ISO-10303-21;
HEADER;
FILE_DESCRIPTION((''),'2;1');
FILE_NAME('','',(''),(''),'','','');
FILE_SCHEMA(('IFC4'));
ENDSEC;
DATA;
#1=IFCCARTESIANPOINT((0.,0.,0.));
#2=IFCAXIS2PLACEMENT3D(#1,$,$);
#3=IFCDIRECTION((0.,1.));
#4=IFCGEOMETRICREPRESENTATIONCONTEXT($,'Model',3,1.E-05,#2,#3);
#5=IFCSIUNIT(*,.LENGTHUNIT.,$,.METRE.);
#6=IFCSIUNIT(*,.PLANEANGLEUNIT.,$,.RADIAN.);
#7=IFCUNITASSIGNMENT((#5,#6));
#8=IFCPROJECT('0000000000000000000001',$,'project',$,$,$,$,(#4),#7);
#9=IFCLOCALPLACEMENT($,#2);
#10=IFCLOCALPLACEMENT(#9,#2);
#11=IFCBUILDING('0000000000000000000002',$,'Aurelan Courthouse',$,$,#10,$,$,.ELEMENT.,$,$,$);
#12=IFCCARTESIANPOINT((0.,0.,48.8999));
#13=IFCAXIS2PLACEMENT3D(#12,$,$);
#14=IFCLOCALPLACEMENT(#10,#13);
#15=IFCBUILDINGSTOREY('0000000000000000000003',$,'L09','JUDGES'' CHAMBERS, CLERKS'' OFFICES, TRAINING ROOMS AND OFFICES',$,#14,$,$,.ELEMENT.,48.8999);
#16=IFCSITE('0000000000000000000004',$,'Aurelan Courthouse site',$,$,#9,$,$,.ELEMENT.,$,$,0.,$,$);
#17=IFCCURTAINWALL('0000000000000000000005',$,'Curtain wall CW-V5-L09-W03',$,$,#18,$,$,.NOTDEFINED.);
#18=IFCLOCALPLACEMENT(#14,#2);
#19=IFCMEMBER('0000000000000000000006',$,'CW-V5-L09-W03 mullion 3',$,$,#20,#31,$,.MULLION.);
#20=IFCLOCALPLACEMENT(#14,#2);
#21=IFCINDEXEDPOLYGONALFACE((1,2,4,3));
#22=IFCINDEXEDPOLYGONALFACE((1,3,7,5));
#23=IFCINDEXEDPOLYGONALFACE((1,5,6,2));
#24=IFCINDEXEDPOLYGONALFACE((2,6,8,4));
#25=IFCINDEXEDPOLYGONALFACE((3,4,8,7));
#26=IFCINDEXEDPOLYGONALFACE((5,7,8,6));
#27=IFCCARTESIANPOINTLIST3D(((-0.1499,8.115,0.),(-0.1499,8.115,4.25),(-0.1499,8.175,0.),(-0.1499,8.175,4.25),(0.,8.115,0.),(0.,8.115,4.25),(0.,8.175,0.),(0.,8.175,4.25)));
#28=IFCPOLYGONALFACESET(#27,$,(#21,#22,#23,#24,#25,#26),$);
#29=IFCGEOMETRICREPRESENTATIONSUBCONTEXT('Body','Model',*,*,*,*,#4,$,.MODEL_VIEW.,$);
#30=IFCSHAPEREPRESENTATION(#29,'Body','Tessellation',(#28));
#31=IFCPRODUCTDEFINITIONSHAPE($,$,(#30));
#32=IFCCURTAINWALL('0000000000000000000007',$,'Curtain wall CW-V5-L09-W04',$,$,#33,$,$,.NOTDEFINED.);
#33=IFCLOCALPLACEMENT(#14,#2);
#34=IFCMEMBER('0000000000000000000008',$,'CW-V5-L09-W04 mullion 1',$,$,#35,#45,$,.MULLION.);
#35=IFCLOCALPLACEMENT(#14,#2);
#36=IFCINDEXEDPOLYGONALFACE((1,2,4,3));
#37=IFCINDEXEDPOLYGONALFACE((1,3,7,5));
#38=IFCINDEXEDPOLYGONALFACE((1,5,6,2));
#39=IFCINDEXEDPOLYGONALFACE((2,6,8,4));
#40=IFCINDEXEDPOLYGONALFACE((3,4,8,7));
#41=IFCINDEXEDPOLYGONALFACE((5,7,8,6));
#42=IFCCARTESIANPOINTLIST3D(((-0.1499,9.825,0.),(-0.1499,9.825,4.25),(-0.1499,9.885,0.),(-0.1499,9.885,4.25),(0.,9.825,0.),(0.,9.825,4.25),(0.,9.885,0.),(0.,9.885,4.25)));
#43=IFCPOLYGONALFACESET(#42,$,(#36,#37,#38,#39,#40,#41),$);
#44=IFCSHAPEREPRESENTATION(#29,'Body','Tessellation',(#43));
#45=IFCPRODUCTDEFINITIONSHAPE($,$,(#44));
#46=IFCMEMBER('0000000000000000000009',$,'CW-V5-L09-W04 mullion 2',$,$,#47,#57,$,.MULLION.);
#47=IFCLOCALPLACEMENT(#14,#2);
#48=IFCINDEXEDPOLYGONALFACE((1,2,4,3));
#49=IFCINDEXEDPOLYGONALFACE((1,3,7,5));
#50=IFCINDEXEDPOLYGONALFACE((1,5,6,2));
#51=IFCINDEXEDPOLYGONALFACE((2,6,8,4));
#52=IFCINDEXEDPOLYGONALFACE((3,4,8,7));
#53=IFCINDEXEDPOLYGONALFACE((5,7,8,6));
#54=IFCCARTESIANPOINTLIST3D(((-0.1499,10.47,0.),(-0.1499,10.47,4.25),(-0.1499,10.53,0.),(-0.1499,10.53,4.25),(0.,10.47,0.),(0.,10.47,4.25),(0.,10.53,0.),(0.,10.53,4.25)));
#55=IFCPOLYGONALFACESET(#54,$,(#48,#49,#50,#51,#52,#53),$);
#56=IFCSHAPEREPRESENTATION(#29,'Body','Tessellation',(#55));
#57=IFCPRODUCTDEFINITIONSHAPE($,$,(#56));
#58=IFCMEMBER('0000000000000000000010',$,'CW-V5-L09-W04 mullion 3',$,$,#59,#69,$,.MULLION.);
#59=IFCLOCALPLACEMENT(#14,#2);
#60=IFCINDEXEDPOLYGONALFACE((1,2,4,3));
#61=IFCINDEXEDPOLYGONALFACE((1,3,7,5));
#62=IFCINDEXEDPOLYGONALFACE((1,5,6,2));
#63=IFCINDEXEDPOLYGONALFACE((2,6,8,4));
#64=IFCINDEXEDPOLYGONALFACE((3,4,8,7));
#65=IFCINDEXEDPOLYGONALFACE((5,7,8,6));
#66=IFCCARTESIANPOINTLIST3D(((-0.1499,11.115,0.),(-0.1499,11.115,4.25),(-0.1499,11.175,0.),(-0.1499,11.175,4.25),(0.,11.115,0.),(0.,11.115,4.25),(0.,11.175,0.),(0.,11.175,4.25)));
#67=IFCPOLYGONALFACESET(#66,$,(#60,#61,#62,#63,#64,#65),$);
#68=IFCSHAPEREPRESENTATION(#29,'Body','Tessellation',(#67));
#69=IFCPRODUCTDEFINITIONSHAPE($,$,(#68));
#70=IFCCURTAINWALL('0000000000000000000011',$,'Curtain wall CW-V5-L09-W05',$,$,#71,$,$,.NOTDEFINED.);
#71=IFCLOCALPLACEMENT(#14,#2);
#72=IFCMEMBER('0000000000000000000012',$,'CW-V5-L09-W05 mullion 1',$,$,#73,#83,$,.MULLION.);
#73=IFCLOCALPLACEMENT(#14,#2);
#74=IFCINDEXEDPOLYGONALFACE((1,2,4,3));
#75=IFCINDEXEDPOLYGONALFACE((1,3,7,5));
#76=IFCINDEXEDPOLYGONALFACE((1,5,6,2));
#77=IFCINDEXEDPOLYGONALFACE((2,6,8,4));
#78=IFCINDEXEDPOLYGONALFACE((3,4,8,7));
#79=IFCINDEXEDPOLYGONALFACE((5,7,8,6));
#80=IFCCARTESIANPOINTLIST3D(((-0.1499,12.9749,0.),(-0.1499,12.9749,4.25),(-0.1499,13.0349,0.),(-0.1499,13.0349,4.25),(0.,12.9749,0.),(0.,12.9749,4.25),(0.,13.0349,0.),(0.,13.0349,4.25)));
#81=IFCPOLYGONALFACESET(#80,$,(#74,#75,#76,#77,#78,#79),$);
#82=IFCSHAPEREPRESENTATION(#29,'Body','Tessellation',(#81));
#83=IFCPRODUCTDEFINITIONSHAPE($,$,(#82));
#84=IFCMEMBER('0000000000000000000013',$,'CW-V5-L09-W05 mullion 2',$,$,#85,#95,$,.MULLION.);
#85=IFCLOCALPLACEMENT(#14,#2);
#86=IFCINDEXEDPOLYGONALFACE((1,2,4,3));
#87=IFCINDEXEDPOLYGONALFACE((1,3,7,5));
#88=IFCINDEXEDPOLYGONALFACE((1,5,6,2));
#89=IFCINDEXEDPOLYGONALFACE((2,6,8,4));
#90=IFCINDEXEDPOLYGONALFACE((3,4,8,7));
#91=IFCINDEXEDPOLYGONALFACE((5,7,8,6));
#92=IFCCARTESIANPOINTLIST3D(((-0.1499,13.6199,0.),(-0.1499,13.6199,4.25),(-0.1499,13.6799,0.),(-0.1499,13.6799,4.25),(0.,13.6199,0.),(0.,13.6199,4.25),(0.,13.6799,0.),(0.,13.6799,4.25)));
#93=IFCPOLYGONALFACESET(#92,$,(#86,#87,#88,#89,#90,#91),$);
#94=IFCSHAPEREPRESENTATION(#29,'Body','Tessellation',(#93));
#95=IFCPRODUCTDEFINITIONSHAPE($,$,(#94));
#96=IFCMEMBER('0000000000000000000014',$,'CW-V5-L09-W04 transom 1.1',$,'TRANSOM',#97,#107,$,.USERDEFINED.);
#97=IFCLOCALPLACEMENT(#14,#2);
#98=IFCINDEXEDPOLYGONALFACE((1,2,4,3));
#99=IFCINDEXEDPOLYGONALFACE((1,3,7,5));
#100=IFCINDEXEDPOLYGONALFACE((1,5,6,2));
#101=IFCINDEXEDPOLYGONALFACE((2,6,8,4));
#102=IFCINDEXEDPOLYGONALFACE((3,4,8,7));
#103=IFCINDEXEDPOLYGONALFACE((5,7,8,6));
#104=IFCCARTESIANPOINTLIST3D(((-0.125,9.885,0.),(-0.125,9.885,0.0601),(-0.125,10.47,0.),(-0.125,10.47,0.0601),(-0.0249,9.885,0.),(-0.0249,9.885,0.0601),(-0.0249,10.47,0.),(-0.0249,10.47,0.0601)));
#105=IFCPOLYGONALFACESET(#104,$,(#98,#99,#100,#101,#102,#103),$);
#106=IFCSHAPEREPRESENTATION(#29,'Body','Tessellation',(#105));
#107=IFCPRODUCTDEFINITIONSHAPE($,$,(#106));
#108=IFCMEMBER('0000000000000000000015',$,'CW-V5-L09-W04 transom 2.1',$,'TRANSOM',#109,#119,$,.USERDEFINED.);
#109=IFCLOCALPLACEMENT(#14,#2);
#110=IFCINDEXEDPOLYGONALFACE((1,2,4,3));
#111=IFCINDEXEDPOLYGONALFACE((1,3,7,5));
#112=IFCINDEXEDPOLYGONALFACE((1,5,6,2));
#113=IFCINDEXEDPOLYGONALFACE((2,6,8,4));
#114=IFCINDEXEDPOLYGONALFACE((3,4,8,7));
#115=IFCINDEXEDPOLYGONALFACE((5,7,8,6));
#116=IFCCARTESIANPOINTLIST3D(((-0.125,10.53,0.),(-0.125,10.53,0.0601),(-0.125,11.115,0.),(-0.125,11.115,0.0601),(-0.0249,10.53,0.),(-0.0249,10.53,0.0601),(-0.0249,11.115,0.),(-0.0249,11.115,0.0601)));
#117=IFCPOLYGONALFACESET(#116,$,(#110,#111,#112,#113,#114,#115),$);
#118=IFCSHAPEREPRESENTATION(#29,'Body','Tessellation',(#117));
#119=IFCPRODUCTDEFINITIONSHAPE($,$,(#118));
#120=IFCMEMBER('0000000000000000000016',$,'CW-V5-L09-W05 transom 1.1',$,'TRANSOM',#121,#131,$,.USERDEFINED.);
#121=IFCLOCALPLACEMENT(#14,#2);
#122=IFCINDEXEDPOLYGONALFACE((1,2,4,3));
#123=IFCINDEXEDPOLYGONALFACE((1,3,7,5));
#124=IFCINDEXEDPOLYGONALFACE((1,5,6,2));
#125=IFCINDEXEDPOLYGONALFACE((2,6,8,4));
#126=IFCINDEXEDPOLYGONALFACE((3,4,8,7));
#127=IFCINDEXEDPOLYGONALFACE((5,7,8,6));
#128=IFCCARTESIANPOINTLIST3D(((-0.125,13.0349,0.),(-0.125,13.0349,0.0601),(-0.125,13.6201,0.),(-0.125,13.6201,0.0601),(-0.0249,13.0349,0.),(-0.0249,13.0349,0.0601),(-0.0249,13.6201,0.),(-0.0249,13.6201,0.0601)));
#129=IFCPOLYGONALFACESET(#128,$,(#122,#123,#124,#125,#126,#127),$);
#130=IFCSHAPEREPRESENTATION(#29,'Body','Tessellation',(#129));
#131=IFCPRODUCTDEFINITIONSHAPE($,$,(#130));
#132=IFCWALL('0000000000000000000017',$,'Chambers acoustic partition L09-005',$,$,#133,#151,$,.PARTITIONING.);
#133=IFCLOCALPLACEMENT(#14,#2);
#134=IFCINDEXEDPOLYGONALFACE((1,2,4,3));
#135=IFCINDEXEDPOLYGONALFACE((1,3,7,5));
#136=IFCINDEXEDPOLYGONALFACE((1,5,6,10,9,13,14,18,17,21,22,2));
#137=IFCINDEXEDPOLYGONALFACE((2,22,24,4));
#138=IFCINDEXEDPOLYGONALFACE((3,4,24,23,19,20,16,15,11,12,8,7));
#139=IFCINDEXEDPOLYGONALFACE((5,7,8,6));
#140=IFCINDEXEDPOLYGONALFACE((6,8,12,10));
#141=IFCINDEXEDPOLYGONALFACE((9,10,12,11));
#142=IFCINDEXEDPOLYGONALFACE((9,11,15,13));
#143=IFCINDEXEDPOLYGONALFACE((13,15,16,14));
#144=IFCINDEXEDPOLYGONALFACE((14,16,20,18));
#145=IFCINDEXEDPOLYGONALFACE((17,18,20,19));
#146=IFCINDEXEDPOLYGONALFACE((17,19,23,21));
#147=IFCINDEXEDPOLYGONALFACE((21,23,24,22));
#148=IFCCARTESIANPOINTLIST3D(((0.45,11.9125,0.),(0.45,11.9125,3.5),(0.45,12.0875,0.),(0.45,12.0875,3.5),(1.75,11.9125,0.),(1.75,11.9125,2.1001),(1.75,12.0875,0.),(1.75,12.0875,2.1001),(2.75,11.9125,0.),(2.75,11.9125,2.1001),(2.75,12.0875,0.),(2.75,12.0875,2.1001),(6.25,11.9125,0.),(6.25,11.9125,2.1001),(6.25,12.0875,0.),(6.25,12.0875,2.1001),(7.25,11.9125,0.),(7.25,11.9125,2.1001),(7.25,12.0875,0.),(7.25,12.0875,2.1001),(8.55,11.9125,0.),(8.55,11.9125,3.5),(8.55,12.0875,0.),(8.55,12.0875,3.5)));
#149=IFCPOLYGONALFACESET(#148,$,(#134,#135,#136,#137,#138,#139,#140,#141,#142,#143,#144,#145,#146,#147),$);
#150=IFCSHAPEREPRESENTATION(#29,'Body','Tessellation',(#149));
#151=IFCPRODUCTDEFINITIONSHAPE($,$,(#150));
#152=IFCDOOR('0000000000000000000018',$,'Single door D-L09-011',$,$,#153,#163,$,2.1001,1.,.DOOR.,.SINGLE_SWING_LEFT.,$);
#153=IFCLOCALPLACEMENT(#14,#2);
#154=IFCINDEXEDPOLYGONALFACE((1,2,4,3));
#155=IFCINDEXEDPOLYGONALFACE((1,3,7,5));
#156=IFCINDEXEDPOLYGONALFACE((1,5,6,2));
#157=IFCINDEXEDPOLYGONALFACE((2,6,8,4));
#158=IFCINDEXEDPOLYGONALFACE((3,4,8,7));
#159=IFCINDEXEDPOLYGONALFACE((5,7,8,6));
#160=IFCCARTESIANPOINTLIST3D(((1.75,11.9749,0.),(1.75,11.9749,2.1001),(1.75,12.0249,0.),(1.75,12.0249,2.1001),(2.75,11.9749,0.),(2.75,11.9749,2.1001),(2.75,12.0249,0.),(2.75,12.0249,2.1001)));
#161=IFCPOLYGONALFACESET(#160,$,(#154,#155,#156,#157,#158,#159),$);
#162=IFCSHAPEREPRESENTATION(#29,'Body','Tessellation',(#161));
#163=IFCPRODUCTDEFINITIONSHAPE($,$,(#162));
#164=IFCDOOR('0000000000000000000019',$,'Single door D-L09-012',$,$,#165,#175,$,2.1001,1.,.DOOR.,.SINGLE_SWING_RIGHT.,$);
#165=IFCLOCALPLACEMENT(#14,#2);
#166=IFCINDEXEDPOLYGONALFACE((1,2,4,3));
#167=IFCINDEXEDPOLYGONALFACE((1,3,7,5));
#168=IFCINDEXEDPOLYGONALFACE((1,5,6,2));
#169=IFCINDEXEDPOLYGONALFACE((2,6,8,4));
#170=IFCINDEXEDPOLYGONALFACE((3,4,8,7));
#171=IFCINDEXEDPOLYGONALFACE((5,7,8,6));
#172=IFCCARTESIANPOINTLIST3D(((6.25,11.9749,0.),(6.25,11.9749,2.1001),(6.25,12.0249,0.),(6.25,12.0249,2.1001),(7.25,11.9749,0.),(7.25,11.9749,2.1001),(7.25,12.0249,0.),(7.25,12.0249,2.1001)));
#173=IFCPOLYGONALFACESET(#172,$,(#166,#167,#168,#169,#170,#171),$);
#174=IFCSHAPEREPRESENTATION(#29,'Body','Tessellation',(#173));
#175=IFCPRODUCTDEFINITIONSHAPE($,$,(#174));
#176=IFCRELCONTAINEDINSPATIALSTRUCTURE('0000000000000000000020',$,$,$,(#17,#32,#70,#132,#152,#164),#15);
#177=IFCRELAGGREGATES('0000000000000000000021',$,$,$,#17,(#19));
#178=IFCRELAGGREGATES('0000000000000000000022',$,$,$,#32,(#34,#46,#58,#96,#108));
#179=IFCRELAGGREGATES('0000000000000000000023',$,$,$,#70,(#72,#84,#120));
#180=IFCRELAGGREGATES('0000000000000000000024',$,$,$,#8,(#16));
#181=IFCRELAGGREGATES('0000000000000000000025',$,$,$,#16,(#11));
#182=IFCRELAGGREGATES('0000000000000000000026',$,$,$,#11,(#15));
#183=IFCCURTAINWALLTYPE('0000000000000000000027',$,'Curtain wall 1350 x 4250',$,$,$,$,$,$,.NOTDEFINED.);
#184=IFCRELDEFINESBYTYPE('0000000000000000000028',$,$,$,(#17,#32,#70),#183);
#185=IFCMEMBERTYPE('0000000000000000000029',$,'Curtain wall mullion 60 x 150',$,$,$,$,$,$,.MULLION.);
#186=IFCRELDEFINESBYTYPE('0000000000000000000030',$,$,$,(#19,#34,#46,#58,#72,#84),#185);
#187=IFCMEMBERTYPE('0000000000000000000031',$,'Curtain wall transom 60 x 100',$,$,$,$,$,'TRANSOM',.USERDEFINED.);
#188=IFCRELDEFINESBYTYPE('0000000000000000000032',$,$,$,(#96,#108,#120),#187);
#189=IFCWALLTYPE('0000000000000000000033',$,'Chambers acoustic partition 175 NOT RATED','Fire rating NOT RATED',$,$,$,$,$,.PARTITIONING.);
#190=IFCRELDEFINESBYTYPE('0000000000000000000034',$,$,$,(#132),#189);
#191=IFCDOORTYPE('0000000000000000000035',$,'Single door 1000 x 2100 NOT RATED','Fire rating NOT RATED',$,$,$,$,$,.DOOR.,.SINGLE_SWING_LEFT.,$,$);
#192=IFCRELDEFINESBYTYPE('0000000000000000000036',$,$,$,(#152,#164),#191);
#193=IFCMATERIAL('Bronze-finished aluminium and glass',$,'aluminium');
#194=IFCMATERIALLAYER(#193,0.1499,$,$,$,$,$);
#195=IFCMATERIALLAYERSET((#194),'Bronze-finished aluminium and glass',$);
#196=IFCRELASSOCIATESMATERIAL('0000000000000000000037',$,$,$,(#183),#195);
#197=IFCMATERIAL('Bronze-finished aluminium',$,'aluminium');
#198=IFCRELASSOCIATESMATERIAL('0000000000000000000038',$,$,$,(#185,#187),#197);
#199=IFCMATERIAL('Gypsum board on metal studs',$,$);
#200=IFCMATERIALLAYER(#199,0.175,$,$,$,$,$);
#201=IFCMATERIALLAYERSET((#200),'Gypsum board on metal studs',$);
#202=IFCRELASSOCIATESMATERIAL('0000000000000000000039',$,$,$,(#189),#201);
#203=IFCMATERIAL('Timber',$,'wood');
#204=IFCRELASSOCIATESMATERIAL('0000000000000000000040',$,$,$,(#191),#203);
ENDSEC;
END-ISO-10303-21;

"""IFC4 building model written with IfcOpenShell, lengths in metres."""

from ifc_helpers import new_model, si_unit, direction, frame, frame_2d, origin, origin_2d, place, context, subcontext, project, spatial, rectangle, extrude, material, layer, layer_set, material_profile, profile_set, type_object, element, fill, aggregate, save


model = new_model("IFC4")

# Units and contexts
model_context = context("Model", 3, precision=1e-05, world=origin(), true_north=direction((0.0, 1.0)))
body_context = subcontext(model_context, "Body", "Model", "MODEL_VIEW")
ifc_project = project(units=[si_unit("LENGTHUNIT", "METRE"), si_unit("PLANEANGLEUNIT", "RADIAN")], contexts=[model_context])

# Site, building, storey
site_placement = place(None, origin())
site = spatial("IfcSite", under=ifc_project, at=site_placement, Name="Aurelan Courthouse site", CompositionType="ELEMENT", RefElevation=0.0)
building_placement = place(site_placement, origin())
building = spatial("IfcBuilding", under=site, at=building_placement, Name="Aurelan Courthouse", CompositionType="ELEMENT")
storey_placement = place(building_placement, frame((0.0, 0.0, 48.8999)))
storey = spatial("IfcBuildingStorey", under=building, at=storey_placement, Name="L09", Description="JUDGES' CHAMBERS, CLERKS' OFFICES, TRAINING ROOMS AND OFFICES", CompositionType="ELEMENT", Elevation=48.8999)

# Curtain wall, member
ifc_material_1 = material(Name="Bronze-finished aluminium and glass", Category="aluminium")
ifc_layer_1 = layer(ifc_material_1, 0.1499)
ifc_layer_set_1 = layer_set([ifc_layer_1], Name="Bronze-finished aluminium and glass")
curtain_wall_type = type_object("IfcCurtainWallType", Name="Curtain wall 1350 x 4250", PredefinedType="NOTDEFINED", material=ifc_layer_set_1)
curtain_wall_1_placement = place(storey_placement, origin())
curtain_wall_1 = element("IfcCurtainWall", 1, at=curtain_wall_1_placement, inside=storey, type_object=curtain_wall_type, Name="Curtain wall CW-V5-L09-W03", PredefinedType="NOTDEFINED")
ifc_material_2 = material(Name="Bronze-finished aluminium", Category="aluminium")
ifc_material_profile_1 = material_profile(ifc_material_2, rectangle(XDim=0.1499, YDim=0.0601, at=origin_2d()), Name="Bronze mullion 60 x 150")
ifc_profile_set_1 = profile_set([ifc_material_profile_1], Name="Bronze-finished aluminium")
member_type_1 = type_object("IfcMemberType", Name="Curtain wall mullion 60 x 150", PredefinedType="MULLION", material=ifc_profile_set_1)
member_1_placement = place(storey_placement, frame((-0.075, 8.145, 0.0), z_axis=(0.0, 0.0, 1.0), x_axis=(-1.0, 0.0, 0.0)))
member_1 = element("IfcMember", 2, at=member_1_placement, type_object=member_type_1, Name="CW-V5-L09-W03 mullion 3", PredefinedType="MULLION", context=body_context, shape_type="SweptSolid", body=[
    extrude(rectangle(XDim=0.1499, YDim=0.0601, at=origin_2d()), origin(), (0.0, 0.0, 1.0), 4.25),
])
aggregate(curtain_wall_1, [member_1])

# Curtain walls, members
curtain_wall_2_placement = place(storey_placement, origin())
curtain_wall_2 = element("IfcCurtainWall", 3, at=curtain_wall_2_placement, inside=storey, type_object=curtain_wall_type, Name="Curtain wall CW-V5-L09-W04", PredefinedType="NOTDEFINED")
member_2_placement = place(storey_placement, frame((-0.075, 9.855, 0.0), z_axis=(0.0, 0.0, 1.0), x_axis=(-1.0, 0.0, 0.0)))
member_2 = element("IfcMember", 4, at=member_2_placement, type_object=member_type_1, Name="CW-V5-L09-W04 mullion 1", PredefinedType="MULLION", context=body_context, shape_type="SweptSolid", body=[
    extrude(rectangle(XDim=0.1499, YDim=0.0601, at=origin_2d()), origin(), (0.0, 0.0, 1.0), 4.25),
])
member_3_placement = place(storey_placement, frame((-0.075, 10.5, 0.0), z_axis=(0.0, 0.0, 1.0), x_axis=(-1.0, 0.0, 0.0)))
member_3 = element("IfcMember", 5, at=member_3_placement, type_object=member_type_1, Name="CW-V5-L09-W04 mullion 2", PredefinedType="MULLION", context=body_context, shape_type="SweptSolid", body=[
    extrude(rectangle(XDim=0.1499, YDim=0.0601, at=origin_2d()), origin(), (0.0, 0.0, 1.0), 4.25),
])
member_4_placement = place(storey_placement, frame((-0.075, 11.145, 0.0), z_axis=(0.0, 0.0, 1.0), x_axis=(-1.0, 0.0, 0.0)))
member_4 = element("IfcMember", 6, at=member_4_placement, type_object=member_type_1, Name="CW-V5-L09-W04 mullion 3", PredefinedType="MULLION", context=body_context, shape_type="SweptSolid", body=[
    extrude(rectangle(XDim=0.1499, YDim=0.0601, at=origin_2d()), origin(), (0.0, 0.0, 1.0), 4.25),
])
curtain_wall_3_placement = place(storey_placement, origin())
curtain_wall_3 = element("IfcCurtainWall", 7, at=curtain_wall_3_placement, inside=storey, type_object=curtain_wall_type, Name="Curtain wall CW-V5-L09-W05", PredefinedType="NOTDEFINED")
member_5_placement = place(storey_placement, frame((-0.075, 13.0049, 0.0), z_axis=(0.0, 0.0, 1.0), x_axis=(-1.0, 0.0, 0.0)))
member_5 = element("IfcMember", 8, at=member_5_placement, type_object=member_type_1, Name="CW-V5-L09-W05 mullion 1", PredefinedType="MULLION", context=body_context, shape_type="SweptSolid", body=[
    extrude(rectangle(XDim=0.1499, YDim=0.0601, at=origin_2d()), origin(), (0.0, 0.0, 1.0), 4.25),
])
member_6_placement = place(storey_placement, frame((-0.075, 13.6499, 0.0), z_axis=(0.0, 0.0, 1.0), x_axis=(-1.0, 0.0, 0.0)))
member_6 = element("IfcMember", 9, at=member_6_placement, type_object=member_type_1, Name="CW-V5-L09-W05 mullion 2", PredefinedType="MULLION", context=body_context, shape_type="SweptSolid", body=[
    extrude(rectangle(XDim=0.1499, YDim=0.0601, at=origin_2d()), origin(), (0.0, 0.0, 1.0), 4.25),
])

# Members
ifc_material_profile_2 = material_profile(ifc_material_2, rectangle(XDim=0.1001, YDim=0.0601, at=origin_2d()), Name="Bronze transom 60 x 100")
ifc_profile_set_2 = profile_set([ifc_material_profile_2], Name="Bronze-finished aluminium")
member_type_2 = type_object("IfcMemberType", Name="Curtain wall transom 60 x 100", ElementType="TRANSOM", PredefinedType="USERDEFINED", material=ifc_profile_set_2)
member_7_placement = place(storey_placement, frame((-0.075, 9.885, 0.03), z_axis=(0.0, 1.0, 0.0), x_axis=(-1.0, 0.0, 0.0)))
member_7 = element("IfcMember", 10, at=member_7_placement, type_object=member_type_2, Name="CW-V5-L09-W04 transom 1.1", ObjectType="TRANSOM", PredefinedType="USERDEFINED", context=body_context, shape_type="SweptSolid", body=[
    extrude(rectangle(XDim=0.1001, YDim=0.0601, at=origin_2d()), origin(), (0.0, 0.0, 1.0), 0.585),
])
member_8_placement = place(storey_placement, frame((-0.075, 10.53, 0.03), z_axis=(0.0, 1.0, 0.0), x_axis=(-1.0, 0.0, 0.0)))
member_8 = element("IfcMember", 11, at=member_8_placement, type_object=member_type_2, Name="CW-V5-L09-W04 transom 2.1", ObjectType="TRANSOM", PredefinedType="USERDEFINED", context=body_context, shape_type="SweptSolid", body=[
    extrude(rectangle(XDim=0.1001, YDim=0.0601, at=origin_2d()), origin(), (0.0, 0.0, 1.0), 0.585),
])
aggregate(curtain_wall_2, [member_2, member_3, member_4, member_7, member_8])
member_9_placement = place(storey_placement, frame((-0.075, 13.0349, 0.03), z_axis=(0.0, 1.0, 0.0), x_axis=(-1.0, 0.0, 0.0)))
member_9 = element("IfcMember", 12, at=member_9_placement, type_object=member_type_2, Name="CW-V5-L09-W05 transom 1.1", ObjectType="TRANSOM", PredefinedType="USERDEFINED", context=body_context, shape_type="SweptSolid", body=[
    extrude(rectangle(XDim=0.1001, YDim=0.0601, at=origin_2d()), origin(), (0.0, 0.0, 1.0), 0.5852),
])
aggregate(curtain_wall_3, [member_5, member_6, member_9])

# Wall, openings, doors
ifc_material_3 = material(Name="Gypsum board on metal studs")
ifc_layer_2 = layer(ifc_material_3, 0.175)
ifc_layer_set_2 = layer_set([ifc_layer_2], Name="Gypsum board on metal studs")
wall_type_1 = type_object("IfcWallType", Name="Chambers acoustic partition 175 NOT RATED", Description="Fire rating NOT RATED", PredefinedType="PARTITIONING", material=ifc_layer_set_2)
wall_1_placement = place(storey_placement, frame((0.45, 12.0, 0.0), z_axis=(0.0, 0.0, 1.0), x_axis=(1.0, 0.0, 0.0)))
wall_1 = element("IfcWall", 13, at=wall_1_placement, inside=storey, type_object=wall_type_1, Name="Chambers acoustic partition L09-005", PredefinedType="PARTITIONING", context=body_context, shape_type="SweptSolid", body=[
    extrude(rectangle(XDim=8.1001, YDim=0.175, at=frame_2d((4.05, 0.0))), origin(), (0.0, 0.0, 1.0), 3.5),
])
opening_1_placement = place(wall_1_placement, frame((1.3, 0.0, 0.0)))
opening_1 = element("IfcOpeningElement", 14, at=opening_1_placement, cuts=wall_1, PredefinedType="OPENING", context=body_context, shape_type="SweptSolid", body=[
    extrude(rectangle(XDim=1.0, YDim=2.1001, at=frame_2d((0.5, 1.05))), frame((0.0, 0.0974, 0.0), z_axis=(0.0, -1.0, 0.0), x_axis=(1.0, 0.0, 0.0)), (0.0, 0.0, 1.0), 0.1951),
])
opening_2_placement = place(wall_1_placement, frame((5.8, 0.0, 0.0)))
opening_2 = element("IfcOpeningElement", 15, at=opening_2_placement, cuts=wall_1, PredefinedType="OPENING", context=body_context, shape_type="SweptSolid", body=[
    extrude(rectangle(XDim=1.0, YDim=2.1001, at=frame_2d((0.5, 1.05))), frame((0.0, 0.0974, 0.0), z_axis=(0.0, -1.0, 0.0), x_axis=(1.0, 0.0, 0.0)), (0.0, 0.0, 1.0), 0.1951),
])
ifc_material_4 = material(Name="Timber", Category="wood")
door_type = type_object("IfcDoorType", Name="Single door 1000 x 2100 NOT RATED", Description="Fire rating NOT RATED", OperationType="SINGLE_SWING_LEFT", PredefinedType="DOOR", material=ifc_material_4)
door_1_placement = place(opening_1_placement, origin())
door_1 = element("IfcDoor", 16, at=door_1_placement, inside=storey, type_object=door_type, Name="Single door D-L09-011", OperationType="SINGLE_SWING_LEFT", OverallHeight=2.1001, OverallWidth=1.0, PredefinedType="DOOR", context=body_context, shape_type="SweptSolid", body=[
    extrude(rectangle(XDim=1.0, YDim=2.1001, at=frame_2d((0.5, 1.05))), frame((0.0, 0.0249, 0.0), z_axis=(0.0, -1.0, 0.0), x_axis=(1.0, 0.0, 0.0)), (0.0, 0.0, 1.0), 0.05),
])
fill(opening_1, door_1)
door_2_placement = place(opening_2_placement, origin())
door_2 = element("IfcDoor", 17, at=door_2_placement, inside=storey, type_object=door_type, Name="Single door D-L09-012", OperationType="SINGLE_SWING_RIGHT", OverallHeight=2.1001, OverallWidth=1.0, PredefinedType="DOOR", context=body_context, shape_type="SweptSolid", body=[
    extrude(rectangle(XDim=1.0, YDim=2.1001, at=frame_2d((0.5, 1.05))), frame((0.0, 0.0249, 0.0), z_axis=(0.0, -1.0, 0.0), x_axis=(1.0, 0.0, 0.0)), (0.0, 0.0, 1.0), 0.05),
])
fill(opening_2, door_2)

save(model, "model.ifc")
